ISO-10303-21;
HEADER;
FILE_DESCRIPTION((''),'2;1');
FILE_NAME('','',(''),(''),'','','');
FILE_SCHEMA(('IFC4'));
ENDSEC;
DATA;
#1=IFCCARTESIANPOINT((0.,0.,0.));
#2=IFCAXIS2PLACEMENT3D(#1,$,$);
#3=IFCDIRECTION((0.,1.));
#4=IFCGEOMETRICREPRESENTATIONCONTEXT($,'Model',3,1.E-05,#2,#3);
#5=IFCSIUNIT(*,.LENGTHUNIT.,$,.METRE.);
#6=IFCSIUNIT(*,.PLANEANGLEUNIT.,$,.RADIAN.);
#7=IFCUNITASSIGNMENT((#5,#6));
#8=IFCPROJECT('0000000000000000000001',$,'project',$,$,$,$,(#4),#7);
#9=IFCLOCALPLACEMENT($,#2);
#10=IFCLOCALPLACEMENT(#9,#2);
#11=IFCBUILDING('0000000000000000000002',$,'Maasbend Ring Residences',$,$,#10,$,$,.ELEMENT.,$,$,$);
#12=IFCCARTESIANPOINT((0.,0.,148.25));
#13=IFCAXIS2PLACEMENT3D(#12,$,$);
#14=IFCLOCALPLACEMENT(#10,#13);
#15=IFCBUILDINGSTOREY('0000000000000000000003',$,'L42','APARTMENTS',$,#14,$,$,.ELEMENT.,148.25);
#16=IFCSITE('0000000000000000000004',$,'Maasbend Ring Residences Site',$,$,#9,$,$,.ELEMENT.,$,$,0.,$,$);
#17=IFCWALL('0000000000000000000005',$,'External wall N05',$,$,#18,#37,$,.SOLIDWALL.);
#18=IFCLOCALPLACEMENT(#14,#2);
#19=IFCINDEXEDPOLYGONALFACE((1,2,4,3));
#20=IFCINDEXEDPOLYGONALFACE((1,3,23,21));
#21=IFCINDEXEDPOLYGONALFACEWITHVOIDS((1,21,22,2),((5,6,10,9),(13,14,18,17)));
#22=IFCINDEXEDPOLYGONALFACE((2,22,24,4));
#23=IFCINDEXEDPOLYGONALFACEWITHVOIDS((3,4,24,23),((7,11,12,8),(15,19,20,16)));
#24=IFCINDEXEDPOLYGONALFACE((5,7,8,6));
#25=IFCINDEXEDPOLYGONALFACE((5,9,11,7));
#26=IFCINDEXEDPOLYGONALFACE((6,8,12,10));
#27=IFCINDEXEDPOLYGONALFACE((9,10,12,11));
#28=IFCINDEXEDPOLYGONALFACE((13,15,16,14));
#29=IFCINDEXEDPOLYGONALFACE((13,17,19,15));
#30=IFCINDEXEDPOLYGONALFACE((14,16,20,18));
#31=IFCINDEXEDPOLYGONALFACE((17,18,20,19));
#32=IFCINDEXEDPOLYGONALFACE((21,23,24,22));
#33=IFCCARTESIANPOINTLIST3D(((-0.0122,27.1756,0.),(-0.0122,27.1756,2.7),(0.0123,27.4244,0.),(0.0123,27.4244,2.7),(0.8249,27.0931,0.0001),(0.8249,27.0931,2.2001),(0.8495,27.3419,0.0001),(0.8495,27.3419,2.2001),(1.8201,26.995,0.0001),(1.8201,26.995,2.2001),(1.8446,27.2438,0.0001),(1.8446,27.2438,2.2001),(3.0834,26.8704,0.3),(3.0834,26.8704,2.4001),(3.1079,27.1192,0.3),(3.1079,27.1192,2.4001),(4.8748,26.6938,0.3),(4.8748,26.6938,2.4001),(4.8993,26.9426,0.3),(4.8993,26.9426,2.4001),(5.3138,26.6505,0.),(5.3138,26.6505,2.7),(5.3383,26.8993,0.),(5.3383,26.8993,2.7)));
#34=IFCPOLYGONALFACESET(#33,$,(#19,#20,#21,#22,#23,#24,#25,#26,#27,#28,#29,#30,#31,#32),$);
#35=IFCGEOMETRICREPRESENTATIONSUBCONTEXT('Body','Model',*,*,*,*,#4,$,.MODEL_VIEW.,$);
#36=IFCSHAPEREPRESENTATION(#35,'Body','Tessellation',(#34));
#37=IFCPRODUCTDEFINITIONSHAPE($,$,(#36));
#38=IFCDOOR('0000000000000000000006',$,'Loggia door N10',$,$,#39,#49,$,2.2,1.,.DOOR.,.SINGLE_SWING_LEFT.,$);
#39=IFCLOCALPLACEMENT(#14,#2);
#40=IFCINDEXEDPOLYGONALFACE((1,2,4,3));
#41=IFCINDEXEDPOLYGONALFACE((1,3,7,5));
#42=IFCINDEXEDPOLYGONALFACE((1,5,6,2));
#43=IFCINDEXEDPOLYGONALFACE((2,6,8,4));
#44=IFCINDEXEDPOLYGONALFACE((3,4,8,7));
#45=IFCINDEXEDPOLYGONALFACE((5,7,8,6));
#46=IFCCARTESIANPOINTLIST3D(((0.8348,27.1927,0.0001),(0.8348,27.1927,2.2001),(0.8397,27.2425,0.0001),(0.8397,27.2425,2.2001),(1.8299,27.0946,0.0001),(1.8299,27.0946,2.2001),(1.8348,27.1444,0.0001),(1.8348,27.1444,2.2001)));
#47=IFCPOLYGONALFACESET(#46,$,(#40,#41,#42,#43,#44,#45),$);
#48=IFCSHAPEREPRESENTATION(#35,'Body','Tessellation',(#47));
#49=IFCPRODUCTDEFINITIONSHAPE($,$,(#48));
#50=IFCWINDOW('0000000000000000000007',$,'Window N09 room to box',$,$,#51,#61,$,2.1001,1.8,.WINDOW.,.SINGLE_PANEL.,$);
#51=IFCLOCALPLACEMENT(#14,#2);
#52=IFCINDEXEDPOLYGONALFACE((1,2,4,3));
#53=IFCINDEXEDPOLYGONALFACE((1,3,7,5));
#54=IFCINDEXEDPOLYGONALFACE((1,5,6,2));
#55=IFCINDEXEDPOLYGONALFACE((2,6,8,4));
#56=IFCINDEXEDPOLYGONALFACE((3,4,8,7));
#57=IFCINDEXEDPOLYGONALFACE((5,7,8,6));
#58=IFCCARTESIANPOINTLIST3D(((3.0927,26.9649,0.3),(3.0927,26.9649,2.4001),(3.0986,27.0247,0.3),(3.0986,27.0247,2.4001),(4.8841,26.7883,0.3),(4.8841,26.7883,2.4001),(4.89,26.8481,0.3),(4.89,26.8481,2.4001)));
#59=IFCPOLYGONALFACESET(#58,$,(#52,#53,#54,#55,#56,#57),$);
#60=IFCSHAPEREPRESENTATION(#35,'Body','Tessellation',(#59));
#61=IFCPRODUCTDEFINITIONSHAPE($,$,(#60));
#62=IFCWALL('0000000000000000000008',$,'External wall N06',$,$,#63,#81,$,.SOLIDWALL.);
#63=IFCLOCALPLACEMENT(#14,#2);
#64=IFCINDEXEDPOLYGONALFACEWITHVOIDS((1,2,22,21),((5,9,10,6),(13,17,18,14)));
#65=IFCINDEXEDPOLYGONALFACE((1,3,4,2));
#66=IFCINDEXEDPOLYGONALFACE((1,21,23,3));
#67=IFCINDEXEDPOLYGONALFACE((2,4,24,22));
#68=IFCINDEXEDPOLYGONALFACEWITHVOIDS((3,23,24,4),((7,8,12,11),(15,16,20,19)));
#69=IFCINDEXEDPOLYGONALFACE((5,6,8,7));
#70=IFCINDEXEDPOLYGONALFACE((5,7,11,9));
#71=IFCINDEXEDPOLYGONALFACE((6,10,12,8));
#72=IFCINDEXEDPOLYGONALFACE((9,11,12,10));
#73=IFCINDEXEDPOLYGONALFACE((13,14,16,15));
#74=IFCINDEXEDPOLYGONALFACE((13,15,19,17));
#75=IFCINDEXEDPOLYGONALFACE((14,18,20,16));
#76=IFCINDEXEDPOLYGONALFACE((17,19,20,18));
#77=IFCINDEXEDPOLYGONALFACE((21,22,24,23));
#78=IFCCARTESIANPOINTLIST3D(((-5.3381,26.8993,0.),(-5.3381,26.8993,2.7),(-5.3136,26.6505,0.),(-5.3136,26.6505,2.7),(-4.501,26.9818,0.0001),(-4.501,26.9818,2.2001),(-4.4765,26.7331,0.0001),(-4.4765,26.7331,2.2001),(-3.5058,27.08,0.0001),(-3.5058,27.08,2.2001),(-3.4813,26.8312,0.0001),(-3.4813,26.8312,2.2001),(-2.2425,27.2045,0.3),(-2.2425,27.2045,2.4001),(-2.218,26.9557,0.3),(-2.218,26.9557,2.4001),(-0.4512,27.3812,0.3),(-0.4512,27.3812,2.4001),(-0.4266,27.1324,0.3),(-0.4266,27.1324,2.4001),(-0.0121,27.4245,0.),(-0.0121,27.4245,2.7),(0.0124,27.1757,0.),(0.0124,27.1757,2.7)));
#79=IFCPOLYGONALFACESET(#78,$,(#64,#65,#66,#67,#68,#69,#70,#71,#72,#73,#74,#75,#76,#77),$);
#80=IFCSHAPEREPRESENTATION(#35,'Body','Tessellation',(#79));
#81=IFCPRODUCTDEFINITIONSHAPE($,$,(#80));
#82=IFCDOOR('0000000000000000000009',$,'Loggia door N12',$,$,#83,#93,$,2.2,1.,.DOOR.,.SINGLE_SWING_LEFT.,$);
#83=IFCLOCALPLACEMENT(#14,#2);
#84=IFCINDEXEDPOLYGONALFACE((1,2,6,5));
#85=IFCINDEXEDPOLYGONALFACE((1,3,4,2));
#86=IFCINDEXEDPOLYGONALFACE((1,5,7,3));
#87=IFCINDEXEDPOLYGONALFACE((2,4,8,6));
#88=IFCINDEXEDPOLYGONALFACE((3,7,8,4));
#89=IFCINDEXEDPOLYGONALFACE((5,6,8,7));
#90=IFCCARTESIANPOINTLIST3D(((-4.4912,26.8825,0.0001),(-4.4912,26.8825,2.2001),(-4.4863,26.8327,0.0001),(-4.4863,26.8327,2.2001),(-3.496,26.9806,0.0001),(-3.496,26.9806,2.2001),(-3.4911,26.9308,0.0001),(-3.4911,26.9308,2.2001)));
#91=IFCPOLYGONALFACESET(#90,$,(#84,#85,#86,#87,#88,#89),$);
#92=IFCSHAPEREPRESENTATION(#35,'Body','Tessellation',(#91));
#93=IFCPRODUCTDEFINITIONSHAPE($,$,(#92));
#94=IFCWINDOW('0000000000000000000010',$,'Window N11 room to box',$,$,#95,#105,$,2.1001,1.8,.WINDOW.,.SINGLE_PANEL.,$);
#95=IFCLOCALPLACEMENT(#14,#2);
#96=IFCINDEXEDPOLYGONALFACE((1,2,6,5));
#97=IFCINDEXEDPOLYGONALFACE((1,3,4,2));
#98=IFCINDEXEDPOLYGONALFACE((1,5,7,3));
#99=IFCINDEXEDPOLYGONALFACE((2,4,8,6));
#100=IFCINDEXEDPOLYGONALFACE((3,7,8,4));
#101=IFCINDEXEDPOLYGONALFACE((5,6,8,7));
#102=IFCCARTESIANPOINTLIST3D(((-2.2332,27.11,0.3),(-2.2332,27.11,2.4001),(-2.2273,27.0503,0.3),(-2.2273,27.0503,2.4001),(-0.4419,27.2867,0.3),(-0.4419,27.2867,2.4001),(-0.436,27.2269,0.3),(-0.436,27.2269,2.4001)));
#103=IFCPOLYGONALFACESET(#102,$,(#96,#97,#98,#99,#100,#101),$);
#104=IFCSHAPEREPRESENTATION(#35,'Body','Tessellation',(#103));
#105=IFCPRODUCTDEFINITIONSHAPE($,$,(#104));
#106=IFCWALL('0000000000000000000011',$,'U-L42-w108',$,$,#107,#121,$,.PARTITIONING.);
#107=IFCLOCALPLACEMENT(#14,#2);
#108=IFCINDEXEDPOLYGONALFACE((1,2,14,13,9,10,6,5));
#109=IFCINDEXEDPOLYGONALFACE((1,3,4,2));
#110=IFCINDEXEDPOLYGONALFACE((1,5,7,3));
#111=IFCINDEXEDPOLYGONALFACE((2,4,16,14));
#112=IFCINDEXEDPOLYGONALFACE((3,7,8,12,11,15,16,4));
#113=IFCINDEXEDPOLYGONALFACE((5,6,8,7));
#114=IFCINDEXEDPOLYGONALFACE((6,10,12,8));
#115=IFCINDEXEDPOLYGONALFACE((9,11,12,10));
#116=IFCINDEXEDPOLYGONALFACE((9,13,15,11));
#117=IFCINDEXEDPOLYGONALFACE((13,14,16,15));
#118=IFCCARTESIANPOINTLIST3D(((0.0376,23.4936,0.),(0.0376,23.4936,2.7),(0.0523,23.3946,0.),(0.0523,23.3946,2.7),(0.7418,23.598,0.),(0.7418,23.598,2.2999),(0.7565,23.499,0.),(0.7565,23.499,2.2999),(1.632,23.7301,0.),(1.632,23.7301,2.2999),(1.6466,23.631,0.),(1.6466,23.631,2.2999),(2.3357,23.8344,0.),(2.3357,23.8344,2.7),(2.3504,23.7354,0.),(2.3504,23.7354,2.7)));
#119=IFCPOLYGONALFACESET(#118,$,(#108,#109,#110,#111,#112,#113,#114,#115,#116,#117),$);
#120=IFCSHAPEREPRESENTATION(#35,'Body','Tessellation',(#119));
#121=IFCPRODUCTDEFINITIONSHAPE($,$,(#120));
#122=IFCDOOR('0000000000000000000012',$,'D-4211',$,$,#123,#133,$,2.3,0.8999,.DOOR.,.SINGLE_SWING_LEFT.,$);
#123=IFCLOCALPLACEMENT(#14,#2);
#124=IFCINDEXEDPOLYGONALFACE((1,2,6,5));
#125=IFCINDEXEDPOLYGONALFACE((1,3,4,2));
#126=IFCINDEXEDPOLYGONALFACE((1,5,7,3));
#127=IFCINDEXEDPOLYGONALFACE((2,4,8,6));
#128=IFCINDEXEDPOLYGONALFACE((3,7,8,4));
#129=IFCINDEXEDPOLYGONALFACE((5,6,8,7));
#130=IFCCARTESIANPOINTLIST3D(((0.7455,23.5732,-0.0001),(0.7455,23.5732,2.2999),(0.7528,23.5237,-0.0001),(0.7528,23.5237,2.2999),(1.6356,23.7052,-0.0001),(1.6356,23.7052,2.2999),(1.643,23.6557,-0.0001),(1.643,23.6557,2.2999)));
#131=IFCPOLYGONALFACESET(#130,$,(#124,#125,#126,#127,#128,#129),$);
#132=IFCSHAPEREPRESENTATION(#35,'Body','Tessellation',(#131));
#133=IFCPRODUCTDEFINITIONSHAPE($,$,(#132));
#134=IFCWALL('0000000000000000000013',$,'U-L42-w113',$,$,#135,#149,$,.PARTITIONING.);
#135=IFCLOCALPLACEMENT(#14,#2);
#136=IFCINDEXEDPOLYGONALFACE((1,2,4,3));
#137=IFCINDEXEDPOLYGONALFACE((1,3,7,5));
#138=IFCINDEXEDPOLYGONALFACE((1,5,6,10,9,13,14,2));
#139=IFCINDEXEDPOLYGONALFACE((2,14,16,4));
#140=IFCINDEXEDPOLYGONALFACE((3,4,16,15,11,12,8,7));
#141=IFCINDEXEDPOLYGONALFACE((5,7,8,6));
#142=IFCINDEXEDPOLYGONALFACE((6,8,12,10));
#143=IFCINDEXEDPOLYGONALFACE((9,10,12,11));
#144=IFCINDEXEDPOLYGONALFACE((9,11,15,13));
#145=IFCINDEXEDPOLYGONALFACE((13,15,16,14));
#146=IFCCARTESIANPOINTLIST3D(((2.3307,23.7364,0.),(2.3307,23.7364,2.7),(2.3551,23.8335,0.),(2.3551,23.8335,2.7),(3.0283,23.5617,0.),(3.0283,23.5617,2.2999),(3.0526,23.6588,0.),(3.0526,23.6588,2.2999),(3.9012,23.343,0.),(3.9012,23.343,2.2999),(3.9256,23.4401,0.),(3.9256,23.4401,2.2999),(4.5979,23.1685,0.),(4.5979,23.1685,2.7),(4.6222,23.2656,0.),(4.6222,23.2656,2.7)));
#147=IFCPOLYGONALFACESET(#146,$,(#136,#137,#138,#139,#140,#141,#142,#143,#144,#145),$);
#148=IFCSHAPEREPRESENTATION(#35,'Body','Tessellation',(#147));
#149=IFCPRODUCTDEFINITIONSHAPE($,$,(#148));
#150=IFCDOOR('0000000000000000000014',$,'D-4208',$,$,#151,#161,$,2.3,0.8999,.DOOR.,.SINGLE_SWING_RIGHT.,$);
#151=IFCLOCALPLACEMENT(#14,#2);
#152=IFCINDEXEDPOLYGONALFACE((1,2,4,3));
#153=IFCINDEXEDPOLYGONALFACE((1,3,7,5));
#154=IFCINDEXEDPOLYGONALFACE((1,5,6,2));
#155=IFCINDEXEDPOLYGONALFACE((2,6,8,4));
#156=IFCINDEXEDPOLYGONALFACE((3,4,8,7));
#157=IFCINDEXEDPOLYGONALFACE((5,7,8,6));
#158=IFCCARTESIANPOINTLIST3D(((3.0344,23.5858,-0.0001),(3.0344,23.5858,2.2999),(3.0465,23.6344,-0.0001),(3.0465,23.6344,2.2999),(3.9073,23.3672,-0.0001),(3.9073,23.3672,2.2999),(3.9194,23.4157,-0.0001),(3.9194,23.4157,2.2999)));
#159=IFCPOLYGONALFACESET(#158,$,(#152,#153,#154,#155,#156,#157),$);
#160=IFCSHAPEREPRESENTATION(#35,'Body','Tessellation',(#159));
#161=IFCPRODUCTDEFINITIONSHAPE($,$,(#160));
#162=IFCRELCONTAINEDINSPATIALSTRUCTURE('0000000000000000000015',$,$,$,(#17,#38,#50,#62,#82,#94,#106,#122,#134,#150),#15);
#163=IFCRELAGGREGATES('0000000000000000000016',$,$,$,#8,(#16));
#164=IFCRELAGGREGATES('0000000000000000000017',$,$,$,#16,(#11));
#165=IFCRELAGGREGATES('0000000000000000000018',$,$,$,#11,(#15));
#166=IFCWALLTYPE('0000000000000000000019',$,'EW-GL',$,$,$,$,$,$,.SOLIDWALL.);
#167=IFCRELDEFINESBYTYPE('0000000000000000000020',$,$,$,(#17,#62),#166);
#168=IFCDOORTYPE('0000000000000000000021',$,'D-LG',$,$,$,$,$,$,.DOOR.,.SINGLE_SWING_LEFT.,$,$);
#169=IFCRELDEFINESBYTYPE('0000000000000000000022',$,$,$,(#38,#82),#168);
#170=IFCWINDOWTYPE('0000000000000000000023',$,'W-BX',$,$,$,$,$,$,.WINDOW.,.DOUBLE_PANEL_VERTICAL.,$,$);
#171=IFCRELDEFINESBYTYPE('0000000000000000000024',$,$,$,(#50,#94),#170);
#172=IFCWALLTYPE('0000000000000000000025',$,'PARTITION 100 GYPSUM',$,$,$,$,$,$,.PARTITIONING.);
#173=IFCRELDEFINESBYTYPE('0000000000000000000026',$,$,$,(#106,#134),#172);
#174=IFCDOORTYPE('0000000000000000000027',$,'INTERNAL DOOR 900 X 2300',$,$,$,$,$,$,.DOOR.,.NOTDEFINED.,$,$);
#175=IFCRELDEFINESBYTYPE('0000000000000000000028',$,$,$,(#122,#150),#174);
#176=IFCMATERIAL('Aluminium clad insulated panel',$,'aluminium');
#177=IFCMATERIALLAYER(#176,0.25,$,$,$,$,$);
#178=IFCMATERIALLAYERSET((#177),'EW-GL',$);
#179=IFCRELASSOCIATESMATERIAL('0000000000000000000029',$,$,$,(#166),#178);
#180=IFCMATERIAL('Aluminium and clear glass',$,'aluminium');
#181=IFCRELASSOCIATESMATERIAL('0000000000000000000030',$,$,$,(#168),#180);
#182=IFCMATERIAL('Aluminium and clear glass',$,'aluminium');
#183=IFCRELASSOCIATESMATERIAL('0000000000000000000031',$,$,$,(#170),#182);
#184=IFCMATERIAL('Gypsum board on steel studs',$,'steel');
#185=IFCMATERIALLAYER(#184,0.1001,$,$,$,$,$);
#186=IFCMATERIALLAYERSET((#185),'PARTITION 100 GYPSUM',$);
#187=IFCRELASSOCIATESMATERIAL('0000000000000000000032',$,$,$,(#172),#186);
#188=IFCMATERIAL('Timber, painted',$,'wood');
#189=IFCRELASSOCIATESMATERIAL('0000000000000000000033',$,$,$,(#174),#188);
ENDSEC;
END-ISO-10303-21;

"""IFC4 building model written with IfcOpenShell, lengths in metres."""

from ifc_helpers import new_model, si_unit, direction, frame, frame_2d, origin, place, context, subcontext, project, spatial, rectangle, extrude, material, layer, layer_set, type_object, element, fill, save


model = new_model("IFC4")

# Units and contexts
model_context = context("Model", 3, precision=1e-05, world=origin(), true_north=direction((0.0, 1.0)))
body_context = subcontext(model_context, "Body", "Model", "MODEL_VIEW")
ifc_project = project(units=[si_unit("LENGTHUNIT", "METRE"), si_unit("PLANEANGLEUNIT", "RADIAN")], contexts=[model_context])

# Site, building, storey
site_placement = place(None, origin())
site = spatial("IfcSite", under=ifc_project, at=site_placement, Name="Maasbend Ring Residences Site", CompositionType="ELEMENT", RefElevation=0.0)
building_placement = place(site_placement, origin())
building = spatial("IfcBuilding", under=site, at=building_placement, Name="Maasbend Ring Residences", CompositionType="ELEMENT")
storey_placement = place(building_placement, frame((0.0, 0.0, 148.25)))
storey = spatial("IfcBuildingStorey", under=building, at=storey_placement, Name="L42", Description="APARTMENTS", CompositionType="ELEMENT", Elevation=148.25)

# Walls, openings, doors, windows
ifc_material_1 = material(Name="Aluminium clad insulated panel", Category="aluminium")
ifc_layer_1 = layer(ifc_material_1, 0.25)
ifc_layer_set_1 = layer_set([ifc_layer_1], Name="EW-GL")
wall_type_1 = type_object("IfcWallType", Name="EW-GL", PredefinedType="SOLIDWALL", material=ifc_layer_set_1)
ifc_material_2 = material(Name="Aluminium and clear glass", Category="aluminium")
door_type_1 = type_object("IfcDoorType", Name="D-LG", OperationType="SINGLE_SWING_LEFT", PredefinedType="DOOR", material=ifc_material_2)
ifc_material_3 = material(Name="Aluminium and clear glass", Category="aluminium")
window_type_1 = type_object("IfcWindowType", Name="W-BX", PartitioningType="DOUBLE_PANEL_VERTICAL", PredefinedType="WINDOW", material=ifc_material_3)
wall_1_placement = place(storey_placement, frame((5.3259, 26.7749, 0.0), z_axis=(0.0, 0.0, 1.0), x_axis=(-0.995174, 0.098126, 0.0)))
wall_1 = element("IfcWall", 1, at=wall_1_placement, inside=storey, type_object=wall_type_1, Name="External wall N05", PredefinedType="SOLIDWALL", context=body_context, shape_type="SweptSolid", body=[
    extrude(rectangle(XDim=5.3518, YDim=0.25, at=frame_2d((2.6758, 0.0))), origin(), (0.0, 0.0, 1.0), 2.7),
])
opening_1_placement = place(wall_1_placement, frame((0.4412, 0.0, 0.3)))
opening_1 = element("IfcOpeningElement", 2, at=opening_1_placement, cuts=wall_1, PredefinedType="OPENING", context=body_context, shape_type="SweptSolid", body=[
    extrude(rectangle(XDim=1.8, YDim=2.1001, at=frame_2d((0.8999, 1.05))), frame((0.0, 0.135, 0.0), z_axis=(0.0, -1.0, 0.0), x_axis=(1.0, 0.0, 0.0)), (0.0, 0.0, 1.0), 0.27),
])
opening_2_placement = place(wall_1_placement, frame((3.5105, 0.0, 0.0)))
opening_2 = element("IfcOpeningElement", 3, at=opening_2_placement, cuts=wall_1, PredefinedType="OPENING", context=body_context, shape_type="SweptSolid", body=[
    extrude(rectangle(XDim=1.0, YDim=2.2, at=frame_2d((0.5, 1.1001))), frame((0.0, 0.135, 0.0), z_axis=(0.0, -1.0, 0.0), x_axis=(1.0, 0.0, 0.0)), (0.0, 0.0, 1.0), 0.27),
])
door_1_placement = place(opening_2_placement, origin())
door_1 = element("IfcDoor", 4, at=door_1_placement, inside=storey, type_object=door_type_1, Name="Loggia door N10", OperationType="SINGLE_SWING_LEFT", OverallHeight=2.2, OverallWidth=1.0, PredefinedType="DOOR", context=body_context, shape_type="SweptSolid", body=[
    extrude(rectangle(XDim=1.0, YDim=2.2, at=frame_2d((0.5, 1.1001))), frame((0.0, 0.0249, 0.0), z_axis=(0.0, -1.0, 0.0), x_axis=(1.0, 0.0, 0.0)), (0.0, 0.0, 1.0), 0.05),
])
fill(opening_2, door_1)
window_1_placement = place(opening_1_placement, origin())
window_1 = element("IfcWindow", 5, at=window_1_placement, inside=storey, type_object=window_type_1, Name="Window N09 room to box", OverallHeight=2.1001, OverallWidth=1.8, PartitioningType="SINGLE_PANEL", PredefinedType="WINDOW", context=body_context, shape_type="SweptSolid", body=[
    extrude(rectangle(XDim=1.8, YDim=2.1001, at=frame_2d((0.8999, 1.05))), frame((0.0, 0.03, 0.0), z_axis=(0.0, -1.0, 0.0), x_axis=(1.0, 0.0, 0.0)), (0.0, 0.0, 1.0), 0.0601),
])
fill(opening_1, window_1)
wall_2_placement = place(storey_placement, frame((0.0, 27.3, 0.0), z_axis=(0.0, 0.0, 1.0), x_axis=(-0.995174, -0.098126, 0.0)))
wall_2 = element("IfcWall", 6, at=wall_2_placement, inside=storey, type_object=wall_type_1, Name="External wall N06", PredefinedType="SOLIDWALL", context=body_context, shape_type="SweptSolid", body=[
    extrude(rectangle(XDim=5.3518, YDim=0.25, at=frame_2d((2.6758, 0.0))), origin(), (0.0, 0.0, 1.0), 2.7),
])
opening_3_placement = place(wall_2_placement, frame((0.4412, 0.0, 0.3)))
opening_3 = element("IfcOpeningElement", 7, at=opening_3_placement, cuts=wall_2, PredefinedType="OPENING", context=body_context, shape_type="SweptSolid", body=[
    extrude(rectangle(XDim=1.8, YDim=2.1001, at=frame_2d((0.8999, 1.05))), frame((0.0, 0.135, 0.0), z_axis=(0.0, -1.0, 0.0), x_axis=(1.0, 0.0, 0.0)), (0.0, 0.0, 1.0), 0.27),
])
opening_4_placement = place(wall_2_placement, frame((3.5105, 0.0, 0.0)))
opening_4 = element("IfcOpeningElement", 8, at=opening_4_placement, cuts=wall_2, PredefinedType="OPENING", context=body_context, shape_type="SweptSolid", body=[
    extrude(rectangle(XDim=1.0, YDim=2.2, at=frame_2d((0.5, 1.1001))), frame((0.0, 0.135, 0.0), z_axis=(0.0, -1.0, 0.0), x_axis=(1.0, 0.0, 0.0)), (0.0, 0.0, 1.0), 0.27),
])
door_2_placement = place(opening_4_placement, origin())
door_2 = element("IfcDoor", 9, at=door_2_placement, inside=storey, type_object=door_type_1, Name="Loggia door N12", OperationType="SINGLE_SWING_LEFT", OverallHeight=2.2, OverallWidth=1.0, PredefinedType="DOOR", context=body_context, shape_type="SweptSolid", body=[
    extrude(rectangle(XDim=1.0, YDim=2.2, at=frame_2d((0.5, 1.1001))), frame((0.0, 0.0249, 0.0), z_axis=(0.0, -1.0, 0.0), x_axis=(1.0, 0.0, 0.0)), (0.0, 0.0, 1.0), 0.05),
])
fill(opening_4, door_2)
window_2_placement = place(opening_3_placement, origin())
window_2 = element("IfcWindow", 10, at=window_2_placement, inside=storey, type_object=window_type_1, Name="Window N11 room to box", OverallHeight=2.1001, OverallWidth=1.8, PartitioningType="SINGLE_PANEL", PredefinedType="WINDOW", context=body_context, shape_type="SweptSolid", body=[
    extrude(rectangle(XDim=1.8, YDim=2.1001, at=frame_2d((0.8999, 1.05))), frame((0.0, 0.03, 0.0), z_axis=(0.0, -1.0, 0.0), x_axis=(1.0, 0.0, 0.0)), (0.0, 0.0, 1.0), 0.0601),
])
fill(opening_3, window_2)

# Walls, openings, doors
ifc_material_4 = material(Name="Gypsum board on steel studs", Category="steel")
ifc_layer_2 = layer(ifc_material_4, 0.1001)
ifc_layer_set_2 = layer_set([ifc_layer_2], Name="PARTITION 100 GYPSUM")
wall_type_2 = type_object("IfcWallType", Name="PARTITION 100 GYPSUM", PredefinedType="PARTITIONING", material=ifc_layer_set_2)
wall_3_placement = place(storey_placement, frame((0.0449, 23.4441, 0.0), z_axis=(0.0, 0.0, 1.0), x_axis=(0.989181, 0.146701, 0.0)))
wall_3 = element("IfcWall", 11, at=wall_3_placement, inside=storey, type_object=wall_type_2, Name="U-L42-w108", PredefinedType="PARTITIONING", context=body_context, shape_type="SweptSolid", body=[
    extrude(rectangle(XDim=2.3232, YDim=0.1001, at=frame_2d((1.1616, 0.0))), origin(), (0.0, 0.0, 1.0), 2.7),
])
opening_5_placement = place(wall_3_placement, frame((0.7119, 0.0, 0.0)))
opening_5 = element("IfcOpeningElement", 12, at=opening_5_placement, cuts=wall_3, PredefinedType="OPENING", context=body_context, shape_type="SweptSolid", body=[
    extrude(rectangle(XDim=0.8999, YDim=2.3, at=frame_2d((0.45, 1.1499))), frame((0.0, 0.0601, 0.0), z_axis=(0.0, -1.0, 0.0), x_axis=(1.0, 0.0, 0.0)), (0.0, 0.0, 1.0), 0.1201),
])
ifc_material_5 = material(Name="Timber, painted", Category="wood")
door_type_2 = type_object("IfcDoorType", Name="INTERNAL DOOR 900 X 2300", OperationType="NOTDEFINED", PredefinedType="DOOR", material=ifc_material_5)
door_3_placement = place(opening_5_placement, origin())
door_3 = element("IfcDoor", 13, at=door_3_placement, inside=storey, type_object=door_type_2, Name="D-4211", OperationType="SINGLE_SWING_LEFT", OverallHeight=2.3, OverallWidth=0.8999, PredefinedType="DOOR", context=body_context, shape_type="SweptSolid", body=[
    extrude(rectangle(XDim=0.8999, YDim=2.3, at=frame_2d((0.45, 1.1499))), frame((0.0, 0.0249, 0.0), z_axis=(0.0, -1.0, 0.0), x_axis=(1.0, 0.0, 0.0)), (0.0, 0.0, 1.0), 0.05),
])
fill(opening_5, door_3)
wall_4_placement = place(storey_placement, frame((2.343, 23.7849, 0.0), z_axis=(0.0, 0.0, 1.0), x_axis=(0.970032, -0.242978, 0.0)))
wall_4 = element("IfcWall", 14, at=wall_4_placement, inside=storey, type_object=wall_type_2, Name="U-L42-w113", PredefinedType="PARTITIONING", context=body_context, shape_type="SweptSolid", body=[
    extrude(rectangle(XDim=2.3372, YDim=0.1001, at=frame_2d((1.1685, 0.0))), origin(), (0.0, 0.0, 1.0), 2.7),
])
opening_6_placement = place(wall_4_placement, frame((0.719, 0.0, 0.0)))
opening_6 = element("IfcOpeningElement", 15, at=opening_6_placement, cuts=wall_4, PredefinedType="OPENING", context=body_context, shape_type="SweptSolid", body=[
    extrude(rectangle(XDim=0.8999, YDim=2.3, at=frame_2d((0.45, 1.1499))), frame((0.0, 0.0601, 0.0), z_axis=(0.0, -1.0, 0.0), x_axis=(1.0, 0.0, 0.0)), (0.0, 0.0, 1.0), 0.1201),
])
door_4_placement = place(opening_6_placement, origin())
door_4 = element("IfcDoor", 16, at=door_4_placement, inside=storey, type_object=door_type_2, Name="D-4208", OperationType="SINGLE_SWING_RIGHT", OverallHeight=2.3, OverallWidth=0.8999, PredefinedType="DOOR", context=body_context, shape_type="SweptSolid", body=[
    extrude(rectangle(XDim=0.8999, YDim=2.3, at=frame_2d((0.45, 1.1499))), frame((0.0, 0.0249, 0.0), z_axis=(0.0, -1.0, 0.0), x_axis=(1.0, 0.0, 0.0)), (0.0, 0.0, 1.0), 0.05),
])
fill(opening_6, door_4)

save(model, "model.ifc")
